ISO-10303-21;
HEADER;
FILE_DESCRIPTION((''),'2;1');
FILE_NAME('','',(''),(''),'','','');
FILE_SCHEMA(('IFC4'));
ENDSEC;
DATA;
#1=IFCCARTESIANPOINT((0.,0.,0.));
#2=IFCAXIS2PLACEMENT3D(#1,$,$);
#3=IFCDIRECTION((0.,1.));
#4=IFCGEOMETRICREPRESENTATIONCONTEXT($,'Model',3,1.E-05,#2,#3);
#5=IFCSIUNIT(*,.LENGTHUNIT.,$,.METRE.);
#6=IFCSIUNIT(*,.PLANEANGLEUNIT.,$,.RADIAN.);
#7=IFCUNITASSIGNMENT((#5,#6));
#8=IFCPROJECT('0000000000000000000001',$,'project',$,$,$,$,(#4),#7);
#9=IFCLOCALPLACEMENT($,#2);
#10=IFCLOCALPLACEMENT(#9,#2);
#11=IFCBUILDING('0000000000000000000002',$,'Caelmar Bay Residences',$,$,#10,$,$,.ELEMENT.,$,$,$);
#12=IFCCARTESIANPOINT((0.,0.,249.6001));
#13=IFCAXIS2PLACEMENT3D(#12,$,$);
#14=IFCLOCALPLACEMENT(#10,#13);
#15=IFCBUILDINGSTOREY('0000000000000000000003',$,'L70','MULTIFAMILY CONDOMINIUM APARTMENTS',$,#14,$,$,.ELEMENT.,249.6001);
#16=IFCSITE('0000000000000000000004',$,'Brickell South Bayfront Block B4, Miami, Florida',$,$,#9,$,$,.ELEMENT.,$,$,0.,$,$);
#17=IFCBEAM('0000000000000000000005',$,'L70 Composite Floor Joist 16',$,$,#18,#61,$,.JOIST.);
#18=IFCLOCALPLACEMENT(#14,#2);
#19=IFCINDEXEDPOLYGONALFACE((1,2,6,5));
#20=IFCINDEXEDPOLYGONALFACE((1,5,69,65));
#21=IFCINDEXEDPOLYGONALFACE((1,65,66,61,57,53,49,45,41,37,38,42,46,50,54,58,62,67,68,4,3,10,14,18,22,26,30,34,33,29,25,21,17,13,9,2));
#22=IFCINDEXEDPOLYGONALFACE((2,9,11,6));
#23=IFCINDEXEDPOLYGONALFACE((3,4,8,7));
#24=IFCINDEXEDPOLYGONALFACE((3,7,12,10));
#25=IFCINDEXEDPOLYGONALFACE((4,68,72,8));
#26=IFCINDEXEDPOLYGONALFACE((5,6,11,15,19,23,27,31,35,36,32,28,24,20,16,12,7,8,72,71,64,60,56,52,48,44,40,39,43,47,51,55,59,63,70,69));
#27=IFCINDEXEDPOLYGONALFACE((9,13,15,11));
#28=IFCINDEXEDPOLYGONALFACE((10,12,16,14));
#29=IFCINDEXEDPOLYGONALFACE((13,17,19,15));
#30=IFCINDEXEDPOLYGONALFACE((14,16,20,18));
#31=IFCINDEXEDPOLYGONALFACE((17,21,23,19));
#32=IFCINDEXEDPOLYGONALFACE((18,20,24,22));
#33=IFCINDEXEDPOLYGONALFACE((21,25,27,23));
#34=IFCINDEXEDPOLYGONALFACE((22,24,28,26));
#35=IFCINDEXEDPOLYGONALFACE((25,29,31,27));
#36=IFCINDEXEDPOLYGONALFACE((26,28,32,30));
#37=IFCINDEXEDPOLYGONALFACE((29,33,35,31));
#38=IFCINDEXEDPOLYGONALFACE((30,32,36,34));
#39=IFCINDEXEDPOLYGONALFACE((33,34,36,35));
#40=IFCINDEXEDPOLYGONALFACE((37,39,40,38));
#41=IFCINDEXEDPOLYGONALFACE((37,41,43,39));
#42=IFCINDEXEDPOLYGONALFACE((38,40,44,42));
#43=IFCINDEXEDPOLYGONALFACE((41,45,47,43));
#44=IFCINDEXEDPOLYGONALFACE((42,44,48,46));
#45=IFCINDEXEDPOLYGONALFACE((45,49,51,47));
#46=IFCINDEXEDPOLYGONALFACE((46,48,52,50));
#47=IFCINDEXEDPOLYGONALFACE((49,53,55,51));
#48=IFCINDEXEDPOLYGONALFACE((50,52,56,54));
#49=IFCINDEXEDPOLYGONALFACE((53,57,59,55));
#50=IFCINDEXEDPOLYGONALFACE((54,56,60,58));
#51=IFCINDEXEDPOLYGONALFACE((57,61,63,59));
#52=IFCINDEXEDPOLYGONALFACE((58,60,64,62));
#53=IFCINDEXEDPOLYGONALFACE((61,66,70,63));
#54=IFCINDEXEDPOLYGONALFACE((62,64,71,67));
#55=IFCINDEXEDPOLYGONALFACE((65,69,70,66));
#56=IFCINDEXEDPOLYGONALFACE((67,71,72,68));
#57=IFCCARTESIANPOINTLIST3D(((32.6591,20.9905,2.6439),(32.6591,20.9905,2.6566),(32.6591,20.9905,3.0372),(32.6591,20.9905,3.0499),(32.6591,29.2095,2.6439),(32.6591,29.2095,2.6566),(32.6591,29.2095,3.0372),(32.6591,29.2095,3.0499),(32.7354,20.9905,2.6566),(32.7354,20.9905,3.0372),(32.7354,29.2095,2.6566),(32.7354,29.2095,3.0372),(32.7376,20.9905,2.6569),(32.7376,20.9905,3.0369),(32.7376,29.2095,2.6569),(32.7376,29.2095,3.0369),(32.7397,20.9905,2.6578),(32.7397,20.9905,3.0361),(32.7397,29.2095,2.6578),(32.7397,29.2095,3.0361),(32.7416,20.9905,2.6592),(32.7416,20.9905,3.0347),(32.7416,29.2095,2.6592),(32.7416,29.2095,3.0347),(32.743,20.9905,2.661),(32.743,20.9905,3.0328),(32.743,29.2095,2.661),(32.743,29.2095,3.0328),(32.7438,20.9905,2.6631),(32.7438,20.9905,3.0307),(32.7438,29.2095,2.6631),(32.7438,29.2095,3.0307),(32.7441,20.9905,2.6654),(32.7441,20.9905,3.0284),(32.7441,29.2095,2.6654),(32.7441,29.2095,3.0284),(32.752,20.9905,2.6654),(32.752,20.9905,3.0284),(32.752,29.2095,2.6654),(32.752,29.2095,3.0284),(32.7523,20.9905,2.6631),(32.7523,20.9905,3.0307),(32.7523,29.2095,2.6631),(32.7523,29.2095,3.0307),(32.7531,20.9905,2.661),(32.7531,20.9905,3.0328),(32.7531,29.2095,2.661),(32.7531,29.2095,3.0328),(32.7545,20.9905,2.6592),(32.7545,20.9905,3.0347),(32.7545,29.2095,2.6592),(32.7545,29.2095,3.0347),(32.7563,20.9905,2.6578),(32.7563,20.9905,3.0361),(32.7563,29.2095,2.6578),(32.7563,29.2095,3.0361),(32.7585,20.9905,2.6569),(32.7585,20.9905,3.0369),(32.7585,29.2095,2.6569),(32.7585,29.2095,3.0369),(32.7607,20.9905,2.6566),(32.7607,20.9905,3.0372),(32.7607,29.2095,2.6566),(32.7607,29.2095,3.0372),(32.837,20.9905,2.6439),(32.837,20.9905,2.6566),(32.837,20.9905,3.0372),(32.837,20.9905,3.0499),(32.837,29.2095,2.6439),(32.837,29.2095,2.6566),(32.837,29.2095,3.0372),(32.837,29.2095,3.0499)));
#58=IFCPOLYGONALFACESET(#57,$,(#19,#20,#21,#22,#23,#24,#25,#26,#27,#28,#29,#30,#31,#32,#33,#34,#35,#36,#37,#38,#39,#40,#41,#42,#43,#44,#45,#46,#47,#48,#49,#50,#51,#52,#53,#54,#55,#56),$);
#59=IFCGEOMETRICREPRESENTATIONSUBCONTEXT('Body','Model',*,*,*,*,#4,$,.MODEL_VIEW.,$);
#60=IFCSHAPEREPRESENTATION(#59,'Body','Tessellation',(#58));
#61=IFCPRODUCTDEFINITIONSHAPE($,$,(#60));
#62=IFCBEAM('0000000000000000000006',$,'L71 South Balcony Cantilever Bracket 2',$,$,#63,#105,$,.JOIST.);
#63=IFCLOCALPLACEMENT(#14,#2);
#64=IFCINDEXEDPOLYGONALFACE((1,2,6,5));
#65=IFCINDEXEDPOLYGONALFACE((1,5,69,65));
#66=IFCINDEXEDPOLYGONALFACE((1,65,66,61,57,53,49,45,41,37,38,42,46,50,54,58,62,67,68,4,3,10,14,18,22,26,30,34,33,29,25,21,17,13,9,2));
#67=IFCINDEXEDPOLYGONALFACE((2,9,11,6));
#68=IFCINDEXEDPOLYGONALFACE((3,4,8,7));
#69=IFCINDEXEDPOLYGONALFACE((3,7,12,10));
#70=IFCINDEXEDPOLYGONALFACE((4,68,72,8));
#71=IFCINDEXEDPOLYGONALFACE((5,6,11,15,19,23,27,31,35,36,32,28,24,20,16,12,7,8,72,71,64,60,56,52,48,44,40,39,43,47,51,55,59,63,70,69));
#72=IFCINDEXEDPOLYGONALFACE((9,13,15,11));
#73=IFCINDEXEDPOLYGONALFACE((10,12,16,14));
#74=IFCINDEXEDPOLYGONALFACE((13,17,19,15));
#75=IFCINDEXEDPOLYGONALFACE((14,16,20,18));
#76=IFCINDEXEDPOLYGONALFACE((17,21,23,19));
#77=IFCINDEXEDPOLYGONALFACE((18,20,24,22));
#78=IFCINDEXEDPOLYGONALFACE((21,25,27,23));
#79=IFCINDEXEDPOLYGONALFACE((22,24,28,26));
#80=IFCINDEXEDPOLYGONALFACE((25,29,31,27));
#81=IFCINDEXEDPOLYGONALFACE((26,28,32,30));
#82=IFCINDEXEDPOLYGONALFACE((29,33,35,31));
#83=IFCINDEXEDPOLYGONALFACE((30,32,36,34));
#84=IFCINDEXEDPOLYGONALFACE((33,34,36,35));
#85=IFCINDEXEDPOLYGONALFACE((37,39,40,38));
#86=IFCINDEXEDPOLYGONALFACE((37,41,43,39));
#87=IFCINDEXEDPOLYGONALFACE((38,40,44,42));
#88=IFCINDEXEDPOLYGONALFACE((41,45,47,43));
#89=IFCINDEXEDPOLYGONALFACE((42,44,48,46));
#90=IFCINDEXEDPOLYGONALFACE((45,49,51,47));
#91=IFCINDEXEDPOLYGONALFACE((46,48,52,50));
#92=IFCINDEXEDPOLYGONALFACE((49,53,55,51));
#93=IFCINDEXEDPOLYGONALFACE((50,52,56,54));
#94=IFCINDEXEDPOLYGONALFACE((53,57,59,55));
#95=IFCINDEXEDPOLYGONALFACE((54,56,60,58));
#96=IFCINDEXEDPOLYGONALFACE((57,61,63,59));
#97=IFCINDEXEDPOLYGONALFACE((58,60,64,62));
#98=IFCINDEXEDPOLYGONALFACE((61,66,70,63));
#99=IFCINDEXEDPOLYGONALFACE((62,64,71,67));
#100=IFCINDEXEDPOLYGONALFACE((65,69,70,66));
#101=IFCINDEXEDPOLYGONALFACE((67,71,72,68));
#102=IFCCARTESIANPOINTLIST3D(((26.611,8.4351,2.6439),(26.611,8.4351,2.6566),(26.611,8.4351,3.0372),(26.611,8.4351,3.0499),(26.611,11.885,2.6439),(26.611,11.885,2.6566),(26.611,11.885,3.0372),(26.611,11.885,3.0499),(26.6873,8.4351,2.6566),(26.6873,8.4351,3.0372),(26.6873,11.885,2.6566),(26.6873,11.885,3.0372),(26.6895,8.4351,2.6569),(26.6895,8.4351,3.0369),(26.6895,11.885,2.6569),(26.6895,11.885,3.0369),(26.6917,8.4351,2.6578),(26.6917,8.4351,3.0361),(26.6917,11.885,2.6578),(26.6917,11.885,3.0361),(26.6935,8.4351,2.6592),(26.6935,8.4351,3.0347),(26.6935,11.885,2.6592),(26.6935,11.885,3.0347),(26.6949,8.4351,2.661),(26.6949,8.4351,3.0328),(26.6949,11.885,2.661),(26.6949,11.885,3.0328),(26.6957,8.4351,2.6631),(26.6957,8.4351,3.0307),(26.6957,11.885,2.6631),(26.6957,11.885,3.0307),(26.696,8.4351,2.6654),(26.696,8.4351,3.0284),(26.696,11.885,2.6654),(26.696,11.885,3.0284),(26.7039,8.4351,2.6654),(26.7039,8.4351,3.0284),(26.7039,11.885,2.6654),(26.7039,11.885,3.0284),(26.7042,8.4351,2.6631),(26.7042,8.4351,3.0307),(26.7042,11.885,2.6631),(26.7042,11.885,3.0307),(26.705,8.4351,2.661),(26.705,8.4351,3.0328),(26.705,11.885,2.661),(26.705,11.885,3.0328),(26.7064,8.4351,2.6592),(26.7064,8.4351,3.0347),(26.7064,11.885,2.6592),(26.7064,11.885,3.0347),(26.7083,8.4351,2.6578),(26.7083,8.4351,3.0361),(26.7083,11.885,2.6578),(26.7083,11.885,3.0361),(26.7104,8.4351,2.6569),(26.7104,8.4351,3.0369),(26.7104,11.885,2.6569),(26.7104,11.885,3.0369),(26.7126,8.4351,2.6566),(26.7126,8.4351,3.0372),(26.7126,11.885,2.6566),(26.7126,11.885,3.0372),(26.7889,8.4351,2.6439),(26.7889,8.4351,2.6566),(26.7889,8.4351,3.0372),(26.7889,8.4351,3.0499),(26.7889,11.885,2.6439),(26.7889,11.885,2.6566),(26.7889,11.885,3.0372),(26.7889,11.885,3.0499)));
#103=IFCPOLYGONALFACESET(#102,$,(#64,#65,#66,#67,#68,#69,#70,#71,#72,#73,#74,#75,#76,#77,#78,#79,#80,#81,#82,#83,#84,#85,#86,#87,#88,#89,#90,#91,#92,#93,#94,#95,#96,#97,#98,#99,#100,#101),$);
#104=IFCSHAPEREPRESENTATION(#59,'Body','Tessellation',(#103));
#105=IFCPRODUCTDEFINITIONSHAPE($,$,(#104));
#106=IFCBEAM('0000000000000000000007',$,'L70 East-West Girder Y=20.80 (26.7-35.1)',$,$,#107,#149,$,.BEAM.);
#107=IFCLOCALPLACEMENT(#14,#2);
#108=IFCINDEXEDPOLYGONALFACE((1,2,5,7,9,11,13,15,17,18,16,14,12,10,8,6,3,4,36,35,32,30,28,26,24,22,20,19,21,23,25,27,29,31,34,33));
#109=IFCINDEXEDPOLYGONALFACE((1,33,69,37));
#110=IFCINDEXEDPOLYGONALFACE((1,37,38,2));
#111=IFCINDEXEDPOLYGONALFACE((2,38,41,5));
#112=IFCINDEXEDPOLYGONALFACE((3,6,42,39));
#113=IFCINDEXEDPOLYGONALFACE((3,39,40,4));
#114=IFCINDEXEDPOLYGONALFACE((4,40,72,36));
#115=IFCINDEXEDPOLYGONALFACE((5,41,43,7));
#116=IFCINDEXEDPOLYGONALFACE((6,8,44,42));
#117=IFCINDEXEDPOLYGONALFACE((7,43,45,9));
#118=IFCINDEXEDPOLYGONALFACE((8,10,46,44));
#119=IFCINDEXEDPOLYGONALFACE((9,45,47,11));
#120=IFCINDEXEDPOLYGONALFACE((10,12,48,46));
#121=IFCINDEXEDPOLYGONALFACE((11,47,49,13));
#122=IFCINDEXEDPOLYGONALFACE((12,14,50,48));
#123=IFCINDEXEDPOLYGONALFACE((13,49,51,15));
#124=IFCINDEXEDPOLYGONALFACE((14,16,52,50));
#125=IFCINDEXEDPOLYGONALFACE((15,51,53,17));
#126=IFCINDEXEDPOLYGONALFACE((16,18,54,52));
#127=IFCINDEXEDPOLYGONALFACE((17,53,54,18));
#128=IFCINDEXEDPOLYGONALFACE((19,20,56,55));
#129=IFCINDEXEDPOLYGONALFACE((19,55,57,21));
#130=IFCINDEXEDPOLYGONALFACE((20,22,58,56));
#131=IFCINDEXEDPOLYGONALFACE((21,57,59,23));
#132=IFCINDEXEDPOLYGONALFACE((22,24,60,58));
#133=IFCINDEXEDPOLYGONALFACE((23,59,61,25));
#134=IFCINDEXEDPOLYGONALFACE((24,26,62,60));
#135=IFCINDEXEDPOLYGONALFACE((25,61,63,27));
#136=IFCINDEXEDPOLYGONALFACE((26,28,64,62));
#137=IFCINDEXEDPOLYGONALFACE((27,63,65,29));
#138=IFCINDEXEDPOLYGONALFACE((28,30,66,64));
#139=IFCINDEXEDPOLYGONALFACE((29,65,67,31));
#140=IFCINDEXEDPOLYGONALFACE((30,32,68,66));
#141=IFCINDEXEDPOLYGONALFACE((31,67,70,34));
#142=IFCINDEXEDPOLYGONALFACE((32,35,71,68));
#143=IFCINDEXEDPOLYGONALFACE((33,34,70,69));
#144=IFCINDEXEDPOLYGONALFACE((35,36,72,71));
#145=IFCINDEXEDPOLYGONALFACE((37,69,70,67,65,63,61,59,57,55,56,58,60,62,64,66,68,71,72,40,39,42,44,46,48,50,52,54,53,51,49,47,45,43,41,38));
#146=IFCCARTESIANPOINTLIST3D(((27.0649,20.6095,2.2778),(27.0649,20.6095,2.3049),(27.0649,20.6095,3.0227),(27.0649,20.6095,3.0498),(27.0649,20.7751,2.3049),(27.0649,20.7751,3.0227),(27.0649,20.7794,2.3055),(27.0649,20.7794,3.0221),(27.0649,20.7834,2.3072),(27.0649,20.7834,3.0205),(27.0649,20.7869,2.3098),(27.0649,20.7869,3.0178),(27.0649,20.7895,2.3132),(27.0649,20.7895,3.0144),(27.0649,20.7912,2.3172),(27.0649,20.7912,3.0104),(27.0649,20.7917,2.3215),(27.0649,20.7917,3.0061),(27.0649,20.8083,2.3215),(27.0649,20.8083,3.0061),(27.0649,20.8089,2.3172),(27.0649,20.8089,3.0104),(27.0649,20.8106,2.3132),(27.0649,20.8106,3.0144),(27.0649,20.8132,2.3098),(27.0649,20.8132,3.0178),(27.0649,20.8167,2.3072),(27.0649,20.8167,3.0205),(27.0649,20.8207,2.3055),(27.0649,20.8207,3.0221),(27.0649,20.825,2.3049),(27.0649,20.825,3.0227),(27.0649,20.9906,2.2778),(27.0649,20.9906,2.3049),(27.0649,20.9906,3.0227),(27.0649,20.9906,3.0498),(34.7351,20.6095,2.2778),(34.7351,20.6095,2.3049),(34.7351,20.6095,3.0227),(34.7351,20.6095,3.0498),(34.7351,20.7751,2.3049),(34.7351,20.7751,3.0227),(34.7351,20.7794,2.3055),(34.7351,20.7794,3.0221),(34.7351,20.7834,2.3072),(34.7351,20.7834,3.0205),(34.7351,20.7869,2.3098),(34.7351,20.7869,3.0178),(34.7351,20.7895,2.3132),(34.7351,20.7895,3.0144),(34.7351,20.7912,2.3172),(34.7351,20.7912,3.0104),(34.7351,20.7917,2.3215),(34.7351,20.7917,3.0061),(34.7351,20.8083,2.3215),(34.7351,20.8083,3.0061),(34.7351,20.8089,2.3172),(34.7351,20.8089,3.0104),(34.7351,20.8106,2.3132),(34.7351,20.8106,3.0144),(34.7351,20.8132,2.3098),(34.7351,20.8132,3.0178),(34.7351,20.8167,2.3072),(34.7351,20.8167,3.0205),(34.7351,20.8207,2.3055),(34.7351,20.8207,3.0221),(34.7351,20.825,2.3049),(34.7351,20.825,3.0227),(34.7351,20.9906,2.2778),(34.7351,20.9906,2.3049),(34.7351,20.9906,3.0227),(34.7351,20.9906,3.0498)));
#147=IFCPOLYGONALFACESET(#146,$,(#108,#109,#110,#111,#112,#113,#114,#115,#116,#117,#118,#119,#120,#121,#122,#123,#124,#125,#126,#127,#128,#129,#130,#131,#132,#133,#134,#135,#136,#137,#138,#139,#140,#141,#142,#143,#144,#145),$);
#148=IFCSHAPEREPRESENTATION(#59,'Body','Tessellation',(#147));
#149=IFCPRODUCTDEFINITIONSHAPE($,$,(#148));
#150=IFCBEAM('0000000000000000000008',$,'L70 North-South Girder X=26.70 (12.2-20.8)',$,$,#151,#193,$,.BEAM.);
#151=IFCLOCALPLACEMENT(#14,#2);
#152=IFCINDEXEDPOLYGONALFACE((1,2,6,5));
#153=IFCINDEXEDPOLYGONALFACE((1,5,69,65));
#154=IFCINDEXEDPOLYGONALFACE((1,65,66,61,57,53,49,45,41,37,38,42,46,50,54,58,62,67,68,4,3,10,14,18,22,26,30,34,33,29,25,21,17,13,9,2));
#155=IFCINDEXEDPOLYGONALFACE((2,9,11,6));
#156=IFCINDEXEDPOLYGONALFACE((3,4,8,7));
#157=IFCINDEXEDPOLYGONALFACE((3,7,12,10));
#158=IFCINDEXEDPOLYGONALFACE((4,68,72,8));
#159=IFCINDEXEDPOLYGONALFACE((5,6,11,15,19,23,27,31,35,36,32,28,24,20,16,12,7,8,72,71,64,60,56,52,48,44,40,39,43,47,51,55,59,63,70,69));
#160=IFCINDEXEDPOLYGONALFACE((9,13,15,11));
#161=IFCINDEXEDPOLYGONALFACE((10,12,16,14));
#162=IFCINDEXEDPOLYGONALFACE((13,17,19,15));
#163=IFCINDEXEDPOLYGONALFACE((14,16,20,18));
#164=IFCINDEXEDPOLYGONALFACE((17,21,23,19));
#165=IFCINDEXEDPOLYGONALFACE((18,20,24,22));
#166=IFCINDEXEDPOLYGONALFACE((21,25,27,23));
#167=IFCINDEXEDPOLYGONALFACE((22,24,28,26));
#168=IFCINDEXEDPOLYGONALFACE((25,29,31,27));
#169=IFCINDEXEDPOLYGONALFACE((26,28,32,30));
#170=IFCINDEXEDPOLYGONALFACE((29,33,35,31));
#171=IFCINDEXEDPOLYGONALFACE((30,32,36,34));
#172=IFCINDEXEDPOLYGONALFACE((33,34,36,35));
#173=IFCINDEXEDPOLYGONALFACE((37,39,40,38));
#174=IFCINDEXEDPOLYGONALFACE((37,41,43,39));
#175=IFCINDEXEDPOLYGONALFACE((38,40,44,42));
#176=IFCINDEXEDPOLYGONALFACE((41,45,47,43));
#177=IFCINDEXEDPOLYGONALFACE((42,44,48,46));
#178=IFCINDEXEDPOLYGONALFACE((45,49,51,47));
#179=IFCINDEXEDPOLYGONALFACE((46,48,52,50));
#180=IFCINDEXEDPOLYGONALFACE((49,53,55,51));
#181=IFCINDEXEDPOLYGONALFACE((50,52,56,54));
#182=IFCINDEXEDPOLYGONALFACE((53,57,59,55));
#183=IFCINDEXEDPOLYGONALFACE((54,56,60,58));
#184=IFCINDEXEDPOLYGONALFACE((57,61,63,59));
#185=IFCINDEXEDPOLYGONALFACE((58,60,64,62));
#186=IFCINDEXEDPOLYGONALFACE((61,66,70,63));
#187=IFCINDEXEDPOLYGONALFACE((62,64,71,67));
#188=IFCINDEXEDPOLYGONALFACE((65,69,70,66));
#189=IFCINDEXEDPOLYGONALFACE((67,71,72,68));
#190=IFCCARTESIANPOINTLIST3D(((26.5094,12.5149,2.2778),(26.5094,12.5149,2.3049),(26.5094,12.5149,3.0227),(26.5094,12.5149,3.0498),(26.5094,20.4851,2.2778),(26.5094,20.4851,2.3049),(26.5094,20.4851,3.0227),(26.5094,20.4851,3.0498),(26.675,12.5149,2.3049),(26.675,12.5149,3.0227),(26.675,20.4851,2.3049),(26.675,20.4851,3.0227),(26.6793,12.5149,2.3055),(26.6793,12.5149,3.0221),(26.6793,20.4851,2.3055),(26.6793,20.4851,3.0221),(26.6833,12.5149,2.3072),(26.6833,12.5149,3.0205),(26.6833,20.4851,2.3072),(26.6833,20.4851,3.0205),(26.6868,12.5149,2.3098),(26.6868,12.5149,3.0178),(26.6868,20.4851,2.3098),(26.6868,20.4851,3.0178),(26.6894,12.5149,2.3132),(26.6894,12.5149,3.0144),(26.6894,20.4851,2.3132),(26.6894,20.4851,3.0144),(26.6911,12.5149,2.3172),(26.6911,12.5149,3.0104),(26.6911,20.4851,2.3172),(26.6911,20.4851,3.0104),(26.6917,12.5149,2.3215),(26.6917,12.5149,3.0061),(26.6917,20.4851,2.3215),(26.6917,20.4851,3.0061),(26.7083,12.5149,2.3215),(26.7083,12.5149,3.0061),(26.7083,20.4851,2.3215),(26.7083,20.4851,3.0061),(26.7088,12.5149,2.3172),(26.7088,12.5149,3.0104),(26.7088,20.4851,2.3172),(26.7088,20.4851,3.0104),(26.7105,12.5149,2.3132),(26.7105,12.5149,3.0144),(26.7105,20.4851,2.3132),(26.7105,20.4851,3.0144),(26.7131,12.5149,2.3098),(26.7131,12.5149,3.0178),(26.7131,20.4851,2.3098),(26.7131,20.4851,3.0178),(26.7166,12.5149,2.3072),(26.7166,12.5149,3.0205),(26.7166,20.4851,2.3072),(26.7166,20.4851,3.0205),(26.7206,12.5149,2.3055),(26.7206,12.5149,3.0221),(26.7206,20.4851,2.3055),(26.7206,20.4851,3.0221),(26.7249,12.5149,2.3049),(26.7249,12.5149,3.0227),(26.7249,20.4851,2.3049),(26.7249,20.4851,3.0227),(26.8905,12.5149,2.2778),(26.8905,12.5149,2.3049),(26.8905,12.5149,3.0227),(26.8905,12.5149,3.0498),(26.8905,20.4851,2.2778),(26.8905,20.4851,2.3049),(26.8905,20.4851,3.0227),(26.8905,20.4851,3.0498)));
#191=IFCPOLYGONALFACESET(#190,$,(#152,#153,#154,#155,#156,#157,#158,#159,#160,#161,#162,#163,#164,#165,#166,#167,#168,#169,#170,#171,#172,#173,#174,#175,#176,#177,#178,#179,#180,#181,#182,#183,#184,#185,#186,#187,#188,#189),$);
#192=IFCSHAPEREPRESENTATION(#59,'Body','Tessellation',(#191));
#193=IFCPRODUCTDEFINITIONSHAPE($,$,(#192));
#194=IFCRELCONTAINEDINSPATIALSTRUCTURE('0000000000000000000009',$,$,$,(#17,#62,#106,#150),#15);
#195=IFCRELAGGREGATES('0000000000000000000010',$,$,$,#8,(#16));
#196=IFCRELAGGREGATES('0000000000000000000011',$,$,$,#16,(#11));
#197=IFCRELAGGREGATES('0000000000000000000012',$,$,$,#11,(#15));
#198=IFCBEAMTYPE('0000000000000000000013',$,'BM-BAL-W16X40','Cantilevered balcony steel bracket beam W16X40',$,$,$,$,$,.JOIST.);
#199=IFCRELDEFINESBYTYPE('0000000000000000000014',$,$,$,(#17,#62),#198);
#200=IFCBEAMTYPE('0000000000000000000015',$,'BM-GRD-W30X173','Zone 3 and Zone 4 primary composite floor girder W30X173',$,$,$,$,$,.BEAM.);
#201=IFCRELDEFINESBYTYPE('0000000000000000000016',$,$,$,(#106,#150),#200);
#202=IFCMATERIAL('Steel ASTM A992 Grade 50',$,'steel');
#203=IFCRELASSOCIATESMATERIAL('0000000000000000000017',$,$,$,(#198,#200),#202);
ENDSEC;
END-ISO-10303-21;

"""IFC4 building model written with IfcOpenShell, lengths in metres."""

from ifc_helpers import new_model, si_unit, direction, frame, origin, origin_2d, place, context, subcontext, project, spatial, i_section, extrude, material, material_profile, profile_set, type_object, element, save


model = new_model("IFC4")

# Units and contexts
model_context = context("Model", 3, precision=1e-05, world=origin(), true_north=direction((0.0, 1.0)))
body_context = subcontext(model_context, "Body", "Model", "MODEL_VIEW")
ifc_project = project(units=[si_unit("LENGTHUNIT", "METRE"), si_unit("PLANEANGLEUNIT", "RADIAN")], contexts=[model_context])

# Site, building, storey
site_placement = place(None, origin())
site = spatial("IfcSite", under=ifc_project, at=site_placement, Name="Brickell South Bayfront Block B4, Miami, Florida", CompositionType="ELEMENT", RefElevation=0.0)
building_placement = place(site_placement, origin())
building = spatial("IfcBuilding", under=site, at=building_placement, Name="Caelmar Bay Residences", CompositionType="ELEMENT")
storey_placement = place(building_placement, frame((0.0, 0.0, 249.6001)))
storey = spatial("IfcBuildingStorey", under=building, at=storey_placement, Name="L70", Description="MULTIFAMILY CONDOMINIUM APARTMENTS", CompositionType="ELEMENT", Elevation=249.6001)

# Beams
ifc_material_1 = material(Name="Steel ASTM A992 Grade 50", Category="steel")
ifc_material_profile_1 = material_profile(ifc_material_1, i_section(OverallWidth=0.178, OverallDepth=0.406, WebThickness=0.0078, FlangeThickness=0.0127, FilletRadius=0.0088, at=origin_2d()), Name="W16X40")
ifc_profile_set_1 = profile_set([ifc_material_profile_1], Name="Steel ASTM A992 Grade 50")
beam_type_1 = type_object("IfcBeamType", Name="BM-BAL-W16X40", Description="Cantilevered balcony steel bracket beam W16X40", PredefinedType="JOIST", material=ifc_profile_set_1)
for number, where, z_axis, x_axis, name in (
    (1, (32.748, 20.9905, 2.8469), (0.0, 1.0, 0.0), (-1.0, 0.0, 0.0), "L70 Composite Floor Joist 16"),
):
    element("IfcBeam", number, at=place(storey_placement, frame(where, z_axis=z_axis, x_axis=x_axis)), inside=storey, type_object=beam_type_1, Name=name, PredefinedType="JOIST", context=body_context, shape_type="SweptSolid", body=[
        extrude(i_section(OverallWidth=0.178, OverallDepth=0.406, WebThickness=0.0078, FlangeThickness=0.0127, FilletRadius=0.0088, at=origin_2d()), origin(), (0.0, 0.0, 1.0), 8.219),
    ])
beam_1_placement = place(storey_placement, frame((26.7, 11.885, 2.8469), z_axis=(0.0, -1.0, 0.0), x_axis=(1.0, 0.0, 0.0)))
element("IfcBeam", 2, at=beam_1_placement, inside=storey, type_object=beam_type_1, Name="L71 South Balcony Cantilever Bracket 2", PredefinedType="JOIST", context=body_context, shape_type="SweptSolid", body=[
    extrude(i_section(OverallWidth=0.178, OverallDepth=0.406, WebThickness=0.0078, FlangeThickness=0.0127, FilletRadius=0.0088, at=origin_2d()), origin(), (0.0, 0.0, 1.0), 3.45),
])
ifc_material_profile_2 = material_profile(ifc_material_1, i_section(OverallWidth=0.3811, OverallDepth=0.772, WebThickness=0.0166, FlangeThickness=0.0271, FilletRadius=0.0166, at=origin_2d()), Name="W30X173")
ifc_profile_set_2 = profile_set([ifc_material_profile_2], Name="Steel ASTM A992 Grade 50")
beam_type_2 = type_object("IfcBeamType", Name="BM-GRD-W30X173", Description="Zone 3 and Zone 4 primary composite floor girder W30X173", PredefinedType="BEAM", material=ifc_profile_set_2)
beam_2_placement = place(storey_placement, frame((27.0649, 20.8, 2.6638), z_axis=(1.0, 0.0, 0.0), x_axis=(0.0, 1.0, 0.0)))
element("IfcBeam", 3, at=beam_2_placement, inside=storey, type_object=beam_type_2, Name="L70 East-West Girder Y=20.80 (26.7-35.1)", PredefinedType="BEAM", context=body_context, shape_type="SweptSolid", body=[
    extrude(i_section(OverallWidth=0.3811, OverallDepth=0.772, WebThickness=0.0166, FlangeThickness=0.0271, FilletRadius=0.0166, at=origin_2d()), origin(), (0.0, 0.0, 1.0), 7.6702),
])
beam_3_placement = place(storey_placement, frame((26.7, 12.5149, 2.6638), z_axis=(0.0, 1.0, 0.0), x_axis=(-1.0, 0.0, 0.0)))
element("IfcBeam", 4, at=beam_3_placement, inside=storey, type_object=beam_type_2, Name="L70 North-South Girder X=26.70 (12.2-20.8)", PredefinedType="BEAM", context=body_context, shape_type="SweptSolid", body=[
    extrude(i_section(OverallWidth=0.3811, OverallDepth=0.772, WebThickness=0.0166, FlangeThickness=0.0271, FilletRadius=0.0166, at=origin_2d()), origin(), (0.0, 0.0, 1.0), 7.9702),
])

save(model, "model.ifc")
